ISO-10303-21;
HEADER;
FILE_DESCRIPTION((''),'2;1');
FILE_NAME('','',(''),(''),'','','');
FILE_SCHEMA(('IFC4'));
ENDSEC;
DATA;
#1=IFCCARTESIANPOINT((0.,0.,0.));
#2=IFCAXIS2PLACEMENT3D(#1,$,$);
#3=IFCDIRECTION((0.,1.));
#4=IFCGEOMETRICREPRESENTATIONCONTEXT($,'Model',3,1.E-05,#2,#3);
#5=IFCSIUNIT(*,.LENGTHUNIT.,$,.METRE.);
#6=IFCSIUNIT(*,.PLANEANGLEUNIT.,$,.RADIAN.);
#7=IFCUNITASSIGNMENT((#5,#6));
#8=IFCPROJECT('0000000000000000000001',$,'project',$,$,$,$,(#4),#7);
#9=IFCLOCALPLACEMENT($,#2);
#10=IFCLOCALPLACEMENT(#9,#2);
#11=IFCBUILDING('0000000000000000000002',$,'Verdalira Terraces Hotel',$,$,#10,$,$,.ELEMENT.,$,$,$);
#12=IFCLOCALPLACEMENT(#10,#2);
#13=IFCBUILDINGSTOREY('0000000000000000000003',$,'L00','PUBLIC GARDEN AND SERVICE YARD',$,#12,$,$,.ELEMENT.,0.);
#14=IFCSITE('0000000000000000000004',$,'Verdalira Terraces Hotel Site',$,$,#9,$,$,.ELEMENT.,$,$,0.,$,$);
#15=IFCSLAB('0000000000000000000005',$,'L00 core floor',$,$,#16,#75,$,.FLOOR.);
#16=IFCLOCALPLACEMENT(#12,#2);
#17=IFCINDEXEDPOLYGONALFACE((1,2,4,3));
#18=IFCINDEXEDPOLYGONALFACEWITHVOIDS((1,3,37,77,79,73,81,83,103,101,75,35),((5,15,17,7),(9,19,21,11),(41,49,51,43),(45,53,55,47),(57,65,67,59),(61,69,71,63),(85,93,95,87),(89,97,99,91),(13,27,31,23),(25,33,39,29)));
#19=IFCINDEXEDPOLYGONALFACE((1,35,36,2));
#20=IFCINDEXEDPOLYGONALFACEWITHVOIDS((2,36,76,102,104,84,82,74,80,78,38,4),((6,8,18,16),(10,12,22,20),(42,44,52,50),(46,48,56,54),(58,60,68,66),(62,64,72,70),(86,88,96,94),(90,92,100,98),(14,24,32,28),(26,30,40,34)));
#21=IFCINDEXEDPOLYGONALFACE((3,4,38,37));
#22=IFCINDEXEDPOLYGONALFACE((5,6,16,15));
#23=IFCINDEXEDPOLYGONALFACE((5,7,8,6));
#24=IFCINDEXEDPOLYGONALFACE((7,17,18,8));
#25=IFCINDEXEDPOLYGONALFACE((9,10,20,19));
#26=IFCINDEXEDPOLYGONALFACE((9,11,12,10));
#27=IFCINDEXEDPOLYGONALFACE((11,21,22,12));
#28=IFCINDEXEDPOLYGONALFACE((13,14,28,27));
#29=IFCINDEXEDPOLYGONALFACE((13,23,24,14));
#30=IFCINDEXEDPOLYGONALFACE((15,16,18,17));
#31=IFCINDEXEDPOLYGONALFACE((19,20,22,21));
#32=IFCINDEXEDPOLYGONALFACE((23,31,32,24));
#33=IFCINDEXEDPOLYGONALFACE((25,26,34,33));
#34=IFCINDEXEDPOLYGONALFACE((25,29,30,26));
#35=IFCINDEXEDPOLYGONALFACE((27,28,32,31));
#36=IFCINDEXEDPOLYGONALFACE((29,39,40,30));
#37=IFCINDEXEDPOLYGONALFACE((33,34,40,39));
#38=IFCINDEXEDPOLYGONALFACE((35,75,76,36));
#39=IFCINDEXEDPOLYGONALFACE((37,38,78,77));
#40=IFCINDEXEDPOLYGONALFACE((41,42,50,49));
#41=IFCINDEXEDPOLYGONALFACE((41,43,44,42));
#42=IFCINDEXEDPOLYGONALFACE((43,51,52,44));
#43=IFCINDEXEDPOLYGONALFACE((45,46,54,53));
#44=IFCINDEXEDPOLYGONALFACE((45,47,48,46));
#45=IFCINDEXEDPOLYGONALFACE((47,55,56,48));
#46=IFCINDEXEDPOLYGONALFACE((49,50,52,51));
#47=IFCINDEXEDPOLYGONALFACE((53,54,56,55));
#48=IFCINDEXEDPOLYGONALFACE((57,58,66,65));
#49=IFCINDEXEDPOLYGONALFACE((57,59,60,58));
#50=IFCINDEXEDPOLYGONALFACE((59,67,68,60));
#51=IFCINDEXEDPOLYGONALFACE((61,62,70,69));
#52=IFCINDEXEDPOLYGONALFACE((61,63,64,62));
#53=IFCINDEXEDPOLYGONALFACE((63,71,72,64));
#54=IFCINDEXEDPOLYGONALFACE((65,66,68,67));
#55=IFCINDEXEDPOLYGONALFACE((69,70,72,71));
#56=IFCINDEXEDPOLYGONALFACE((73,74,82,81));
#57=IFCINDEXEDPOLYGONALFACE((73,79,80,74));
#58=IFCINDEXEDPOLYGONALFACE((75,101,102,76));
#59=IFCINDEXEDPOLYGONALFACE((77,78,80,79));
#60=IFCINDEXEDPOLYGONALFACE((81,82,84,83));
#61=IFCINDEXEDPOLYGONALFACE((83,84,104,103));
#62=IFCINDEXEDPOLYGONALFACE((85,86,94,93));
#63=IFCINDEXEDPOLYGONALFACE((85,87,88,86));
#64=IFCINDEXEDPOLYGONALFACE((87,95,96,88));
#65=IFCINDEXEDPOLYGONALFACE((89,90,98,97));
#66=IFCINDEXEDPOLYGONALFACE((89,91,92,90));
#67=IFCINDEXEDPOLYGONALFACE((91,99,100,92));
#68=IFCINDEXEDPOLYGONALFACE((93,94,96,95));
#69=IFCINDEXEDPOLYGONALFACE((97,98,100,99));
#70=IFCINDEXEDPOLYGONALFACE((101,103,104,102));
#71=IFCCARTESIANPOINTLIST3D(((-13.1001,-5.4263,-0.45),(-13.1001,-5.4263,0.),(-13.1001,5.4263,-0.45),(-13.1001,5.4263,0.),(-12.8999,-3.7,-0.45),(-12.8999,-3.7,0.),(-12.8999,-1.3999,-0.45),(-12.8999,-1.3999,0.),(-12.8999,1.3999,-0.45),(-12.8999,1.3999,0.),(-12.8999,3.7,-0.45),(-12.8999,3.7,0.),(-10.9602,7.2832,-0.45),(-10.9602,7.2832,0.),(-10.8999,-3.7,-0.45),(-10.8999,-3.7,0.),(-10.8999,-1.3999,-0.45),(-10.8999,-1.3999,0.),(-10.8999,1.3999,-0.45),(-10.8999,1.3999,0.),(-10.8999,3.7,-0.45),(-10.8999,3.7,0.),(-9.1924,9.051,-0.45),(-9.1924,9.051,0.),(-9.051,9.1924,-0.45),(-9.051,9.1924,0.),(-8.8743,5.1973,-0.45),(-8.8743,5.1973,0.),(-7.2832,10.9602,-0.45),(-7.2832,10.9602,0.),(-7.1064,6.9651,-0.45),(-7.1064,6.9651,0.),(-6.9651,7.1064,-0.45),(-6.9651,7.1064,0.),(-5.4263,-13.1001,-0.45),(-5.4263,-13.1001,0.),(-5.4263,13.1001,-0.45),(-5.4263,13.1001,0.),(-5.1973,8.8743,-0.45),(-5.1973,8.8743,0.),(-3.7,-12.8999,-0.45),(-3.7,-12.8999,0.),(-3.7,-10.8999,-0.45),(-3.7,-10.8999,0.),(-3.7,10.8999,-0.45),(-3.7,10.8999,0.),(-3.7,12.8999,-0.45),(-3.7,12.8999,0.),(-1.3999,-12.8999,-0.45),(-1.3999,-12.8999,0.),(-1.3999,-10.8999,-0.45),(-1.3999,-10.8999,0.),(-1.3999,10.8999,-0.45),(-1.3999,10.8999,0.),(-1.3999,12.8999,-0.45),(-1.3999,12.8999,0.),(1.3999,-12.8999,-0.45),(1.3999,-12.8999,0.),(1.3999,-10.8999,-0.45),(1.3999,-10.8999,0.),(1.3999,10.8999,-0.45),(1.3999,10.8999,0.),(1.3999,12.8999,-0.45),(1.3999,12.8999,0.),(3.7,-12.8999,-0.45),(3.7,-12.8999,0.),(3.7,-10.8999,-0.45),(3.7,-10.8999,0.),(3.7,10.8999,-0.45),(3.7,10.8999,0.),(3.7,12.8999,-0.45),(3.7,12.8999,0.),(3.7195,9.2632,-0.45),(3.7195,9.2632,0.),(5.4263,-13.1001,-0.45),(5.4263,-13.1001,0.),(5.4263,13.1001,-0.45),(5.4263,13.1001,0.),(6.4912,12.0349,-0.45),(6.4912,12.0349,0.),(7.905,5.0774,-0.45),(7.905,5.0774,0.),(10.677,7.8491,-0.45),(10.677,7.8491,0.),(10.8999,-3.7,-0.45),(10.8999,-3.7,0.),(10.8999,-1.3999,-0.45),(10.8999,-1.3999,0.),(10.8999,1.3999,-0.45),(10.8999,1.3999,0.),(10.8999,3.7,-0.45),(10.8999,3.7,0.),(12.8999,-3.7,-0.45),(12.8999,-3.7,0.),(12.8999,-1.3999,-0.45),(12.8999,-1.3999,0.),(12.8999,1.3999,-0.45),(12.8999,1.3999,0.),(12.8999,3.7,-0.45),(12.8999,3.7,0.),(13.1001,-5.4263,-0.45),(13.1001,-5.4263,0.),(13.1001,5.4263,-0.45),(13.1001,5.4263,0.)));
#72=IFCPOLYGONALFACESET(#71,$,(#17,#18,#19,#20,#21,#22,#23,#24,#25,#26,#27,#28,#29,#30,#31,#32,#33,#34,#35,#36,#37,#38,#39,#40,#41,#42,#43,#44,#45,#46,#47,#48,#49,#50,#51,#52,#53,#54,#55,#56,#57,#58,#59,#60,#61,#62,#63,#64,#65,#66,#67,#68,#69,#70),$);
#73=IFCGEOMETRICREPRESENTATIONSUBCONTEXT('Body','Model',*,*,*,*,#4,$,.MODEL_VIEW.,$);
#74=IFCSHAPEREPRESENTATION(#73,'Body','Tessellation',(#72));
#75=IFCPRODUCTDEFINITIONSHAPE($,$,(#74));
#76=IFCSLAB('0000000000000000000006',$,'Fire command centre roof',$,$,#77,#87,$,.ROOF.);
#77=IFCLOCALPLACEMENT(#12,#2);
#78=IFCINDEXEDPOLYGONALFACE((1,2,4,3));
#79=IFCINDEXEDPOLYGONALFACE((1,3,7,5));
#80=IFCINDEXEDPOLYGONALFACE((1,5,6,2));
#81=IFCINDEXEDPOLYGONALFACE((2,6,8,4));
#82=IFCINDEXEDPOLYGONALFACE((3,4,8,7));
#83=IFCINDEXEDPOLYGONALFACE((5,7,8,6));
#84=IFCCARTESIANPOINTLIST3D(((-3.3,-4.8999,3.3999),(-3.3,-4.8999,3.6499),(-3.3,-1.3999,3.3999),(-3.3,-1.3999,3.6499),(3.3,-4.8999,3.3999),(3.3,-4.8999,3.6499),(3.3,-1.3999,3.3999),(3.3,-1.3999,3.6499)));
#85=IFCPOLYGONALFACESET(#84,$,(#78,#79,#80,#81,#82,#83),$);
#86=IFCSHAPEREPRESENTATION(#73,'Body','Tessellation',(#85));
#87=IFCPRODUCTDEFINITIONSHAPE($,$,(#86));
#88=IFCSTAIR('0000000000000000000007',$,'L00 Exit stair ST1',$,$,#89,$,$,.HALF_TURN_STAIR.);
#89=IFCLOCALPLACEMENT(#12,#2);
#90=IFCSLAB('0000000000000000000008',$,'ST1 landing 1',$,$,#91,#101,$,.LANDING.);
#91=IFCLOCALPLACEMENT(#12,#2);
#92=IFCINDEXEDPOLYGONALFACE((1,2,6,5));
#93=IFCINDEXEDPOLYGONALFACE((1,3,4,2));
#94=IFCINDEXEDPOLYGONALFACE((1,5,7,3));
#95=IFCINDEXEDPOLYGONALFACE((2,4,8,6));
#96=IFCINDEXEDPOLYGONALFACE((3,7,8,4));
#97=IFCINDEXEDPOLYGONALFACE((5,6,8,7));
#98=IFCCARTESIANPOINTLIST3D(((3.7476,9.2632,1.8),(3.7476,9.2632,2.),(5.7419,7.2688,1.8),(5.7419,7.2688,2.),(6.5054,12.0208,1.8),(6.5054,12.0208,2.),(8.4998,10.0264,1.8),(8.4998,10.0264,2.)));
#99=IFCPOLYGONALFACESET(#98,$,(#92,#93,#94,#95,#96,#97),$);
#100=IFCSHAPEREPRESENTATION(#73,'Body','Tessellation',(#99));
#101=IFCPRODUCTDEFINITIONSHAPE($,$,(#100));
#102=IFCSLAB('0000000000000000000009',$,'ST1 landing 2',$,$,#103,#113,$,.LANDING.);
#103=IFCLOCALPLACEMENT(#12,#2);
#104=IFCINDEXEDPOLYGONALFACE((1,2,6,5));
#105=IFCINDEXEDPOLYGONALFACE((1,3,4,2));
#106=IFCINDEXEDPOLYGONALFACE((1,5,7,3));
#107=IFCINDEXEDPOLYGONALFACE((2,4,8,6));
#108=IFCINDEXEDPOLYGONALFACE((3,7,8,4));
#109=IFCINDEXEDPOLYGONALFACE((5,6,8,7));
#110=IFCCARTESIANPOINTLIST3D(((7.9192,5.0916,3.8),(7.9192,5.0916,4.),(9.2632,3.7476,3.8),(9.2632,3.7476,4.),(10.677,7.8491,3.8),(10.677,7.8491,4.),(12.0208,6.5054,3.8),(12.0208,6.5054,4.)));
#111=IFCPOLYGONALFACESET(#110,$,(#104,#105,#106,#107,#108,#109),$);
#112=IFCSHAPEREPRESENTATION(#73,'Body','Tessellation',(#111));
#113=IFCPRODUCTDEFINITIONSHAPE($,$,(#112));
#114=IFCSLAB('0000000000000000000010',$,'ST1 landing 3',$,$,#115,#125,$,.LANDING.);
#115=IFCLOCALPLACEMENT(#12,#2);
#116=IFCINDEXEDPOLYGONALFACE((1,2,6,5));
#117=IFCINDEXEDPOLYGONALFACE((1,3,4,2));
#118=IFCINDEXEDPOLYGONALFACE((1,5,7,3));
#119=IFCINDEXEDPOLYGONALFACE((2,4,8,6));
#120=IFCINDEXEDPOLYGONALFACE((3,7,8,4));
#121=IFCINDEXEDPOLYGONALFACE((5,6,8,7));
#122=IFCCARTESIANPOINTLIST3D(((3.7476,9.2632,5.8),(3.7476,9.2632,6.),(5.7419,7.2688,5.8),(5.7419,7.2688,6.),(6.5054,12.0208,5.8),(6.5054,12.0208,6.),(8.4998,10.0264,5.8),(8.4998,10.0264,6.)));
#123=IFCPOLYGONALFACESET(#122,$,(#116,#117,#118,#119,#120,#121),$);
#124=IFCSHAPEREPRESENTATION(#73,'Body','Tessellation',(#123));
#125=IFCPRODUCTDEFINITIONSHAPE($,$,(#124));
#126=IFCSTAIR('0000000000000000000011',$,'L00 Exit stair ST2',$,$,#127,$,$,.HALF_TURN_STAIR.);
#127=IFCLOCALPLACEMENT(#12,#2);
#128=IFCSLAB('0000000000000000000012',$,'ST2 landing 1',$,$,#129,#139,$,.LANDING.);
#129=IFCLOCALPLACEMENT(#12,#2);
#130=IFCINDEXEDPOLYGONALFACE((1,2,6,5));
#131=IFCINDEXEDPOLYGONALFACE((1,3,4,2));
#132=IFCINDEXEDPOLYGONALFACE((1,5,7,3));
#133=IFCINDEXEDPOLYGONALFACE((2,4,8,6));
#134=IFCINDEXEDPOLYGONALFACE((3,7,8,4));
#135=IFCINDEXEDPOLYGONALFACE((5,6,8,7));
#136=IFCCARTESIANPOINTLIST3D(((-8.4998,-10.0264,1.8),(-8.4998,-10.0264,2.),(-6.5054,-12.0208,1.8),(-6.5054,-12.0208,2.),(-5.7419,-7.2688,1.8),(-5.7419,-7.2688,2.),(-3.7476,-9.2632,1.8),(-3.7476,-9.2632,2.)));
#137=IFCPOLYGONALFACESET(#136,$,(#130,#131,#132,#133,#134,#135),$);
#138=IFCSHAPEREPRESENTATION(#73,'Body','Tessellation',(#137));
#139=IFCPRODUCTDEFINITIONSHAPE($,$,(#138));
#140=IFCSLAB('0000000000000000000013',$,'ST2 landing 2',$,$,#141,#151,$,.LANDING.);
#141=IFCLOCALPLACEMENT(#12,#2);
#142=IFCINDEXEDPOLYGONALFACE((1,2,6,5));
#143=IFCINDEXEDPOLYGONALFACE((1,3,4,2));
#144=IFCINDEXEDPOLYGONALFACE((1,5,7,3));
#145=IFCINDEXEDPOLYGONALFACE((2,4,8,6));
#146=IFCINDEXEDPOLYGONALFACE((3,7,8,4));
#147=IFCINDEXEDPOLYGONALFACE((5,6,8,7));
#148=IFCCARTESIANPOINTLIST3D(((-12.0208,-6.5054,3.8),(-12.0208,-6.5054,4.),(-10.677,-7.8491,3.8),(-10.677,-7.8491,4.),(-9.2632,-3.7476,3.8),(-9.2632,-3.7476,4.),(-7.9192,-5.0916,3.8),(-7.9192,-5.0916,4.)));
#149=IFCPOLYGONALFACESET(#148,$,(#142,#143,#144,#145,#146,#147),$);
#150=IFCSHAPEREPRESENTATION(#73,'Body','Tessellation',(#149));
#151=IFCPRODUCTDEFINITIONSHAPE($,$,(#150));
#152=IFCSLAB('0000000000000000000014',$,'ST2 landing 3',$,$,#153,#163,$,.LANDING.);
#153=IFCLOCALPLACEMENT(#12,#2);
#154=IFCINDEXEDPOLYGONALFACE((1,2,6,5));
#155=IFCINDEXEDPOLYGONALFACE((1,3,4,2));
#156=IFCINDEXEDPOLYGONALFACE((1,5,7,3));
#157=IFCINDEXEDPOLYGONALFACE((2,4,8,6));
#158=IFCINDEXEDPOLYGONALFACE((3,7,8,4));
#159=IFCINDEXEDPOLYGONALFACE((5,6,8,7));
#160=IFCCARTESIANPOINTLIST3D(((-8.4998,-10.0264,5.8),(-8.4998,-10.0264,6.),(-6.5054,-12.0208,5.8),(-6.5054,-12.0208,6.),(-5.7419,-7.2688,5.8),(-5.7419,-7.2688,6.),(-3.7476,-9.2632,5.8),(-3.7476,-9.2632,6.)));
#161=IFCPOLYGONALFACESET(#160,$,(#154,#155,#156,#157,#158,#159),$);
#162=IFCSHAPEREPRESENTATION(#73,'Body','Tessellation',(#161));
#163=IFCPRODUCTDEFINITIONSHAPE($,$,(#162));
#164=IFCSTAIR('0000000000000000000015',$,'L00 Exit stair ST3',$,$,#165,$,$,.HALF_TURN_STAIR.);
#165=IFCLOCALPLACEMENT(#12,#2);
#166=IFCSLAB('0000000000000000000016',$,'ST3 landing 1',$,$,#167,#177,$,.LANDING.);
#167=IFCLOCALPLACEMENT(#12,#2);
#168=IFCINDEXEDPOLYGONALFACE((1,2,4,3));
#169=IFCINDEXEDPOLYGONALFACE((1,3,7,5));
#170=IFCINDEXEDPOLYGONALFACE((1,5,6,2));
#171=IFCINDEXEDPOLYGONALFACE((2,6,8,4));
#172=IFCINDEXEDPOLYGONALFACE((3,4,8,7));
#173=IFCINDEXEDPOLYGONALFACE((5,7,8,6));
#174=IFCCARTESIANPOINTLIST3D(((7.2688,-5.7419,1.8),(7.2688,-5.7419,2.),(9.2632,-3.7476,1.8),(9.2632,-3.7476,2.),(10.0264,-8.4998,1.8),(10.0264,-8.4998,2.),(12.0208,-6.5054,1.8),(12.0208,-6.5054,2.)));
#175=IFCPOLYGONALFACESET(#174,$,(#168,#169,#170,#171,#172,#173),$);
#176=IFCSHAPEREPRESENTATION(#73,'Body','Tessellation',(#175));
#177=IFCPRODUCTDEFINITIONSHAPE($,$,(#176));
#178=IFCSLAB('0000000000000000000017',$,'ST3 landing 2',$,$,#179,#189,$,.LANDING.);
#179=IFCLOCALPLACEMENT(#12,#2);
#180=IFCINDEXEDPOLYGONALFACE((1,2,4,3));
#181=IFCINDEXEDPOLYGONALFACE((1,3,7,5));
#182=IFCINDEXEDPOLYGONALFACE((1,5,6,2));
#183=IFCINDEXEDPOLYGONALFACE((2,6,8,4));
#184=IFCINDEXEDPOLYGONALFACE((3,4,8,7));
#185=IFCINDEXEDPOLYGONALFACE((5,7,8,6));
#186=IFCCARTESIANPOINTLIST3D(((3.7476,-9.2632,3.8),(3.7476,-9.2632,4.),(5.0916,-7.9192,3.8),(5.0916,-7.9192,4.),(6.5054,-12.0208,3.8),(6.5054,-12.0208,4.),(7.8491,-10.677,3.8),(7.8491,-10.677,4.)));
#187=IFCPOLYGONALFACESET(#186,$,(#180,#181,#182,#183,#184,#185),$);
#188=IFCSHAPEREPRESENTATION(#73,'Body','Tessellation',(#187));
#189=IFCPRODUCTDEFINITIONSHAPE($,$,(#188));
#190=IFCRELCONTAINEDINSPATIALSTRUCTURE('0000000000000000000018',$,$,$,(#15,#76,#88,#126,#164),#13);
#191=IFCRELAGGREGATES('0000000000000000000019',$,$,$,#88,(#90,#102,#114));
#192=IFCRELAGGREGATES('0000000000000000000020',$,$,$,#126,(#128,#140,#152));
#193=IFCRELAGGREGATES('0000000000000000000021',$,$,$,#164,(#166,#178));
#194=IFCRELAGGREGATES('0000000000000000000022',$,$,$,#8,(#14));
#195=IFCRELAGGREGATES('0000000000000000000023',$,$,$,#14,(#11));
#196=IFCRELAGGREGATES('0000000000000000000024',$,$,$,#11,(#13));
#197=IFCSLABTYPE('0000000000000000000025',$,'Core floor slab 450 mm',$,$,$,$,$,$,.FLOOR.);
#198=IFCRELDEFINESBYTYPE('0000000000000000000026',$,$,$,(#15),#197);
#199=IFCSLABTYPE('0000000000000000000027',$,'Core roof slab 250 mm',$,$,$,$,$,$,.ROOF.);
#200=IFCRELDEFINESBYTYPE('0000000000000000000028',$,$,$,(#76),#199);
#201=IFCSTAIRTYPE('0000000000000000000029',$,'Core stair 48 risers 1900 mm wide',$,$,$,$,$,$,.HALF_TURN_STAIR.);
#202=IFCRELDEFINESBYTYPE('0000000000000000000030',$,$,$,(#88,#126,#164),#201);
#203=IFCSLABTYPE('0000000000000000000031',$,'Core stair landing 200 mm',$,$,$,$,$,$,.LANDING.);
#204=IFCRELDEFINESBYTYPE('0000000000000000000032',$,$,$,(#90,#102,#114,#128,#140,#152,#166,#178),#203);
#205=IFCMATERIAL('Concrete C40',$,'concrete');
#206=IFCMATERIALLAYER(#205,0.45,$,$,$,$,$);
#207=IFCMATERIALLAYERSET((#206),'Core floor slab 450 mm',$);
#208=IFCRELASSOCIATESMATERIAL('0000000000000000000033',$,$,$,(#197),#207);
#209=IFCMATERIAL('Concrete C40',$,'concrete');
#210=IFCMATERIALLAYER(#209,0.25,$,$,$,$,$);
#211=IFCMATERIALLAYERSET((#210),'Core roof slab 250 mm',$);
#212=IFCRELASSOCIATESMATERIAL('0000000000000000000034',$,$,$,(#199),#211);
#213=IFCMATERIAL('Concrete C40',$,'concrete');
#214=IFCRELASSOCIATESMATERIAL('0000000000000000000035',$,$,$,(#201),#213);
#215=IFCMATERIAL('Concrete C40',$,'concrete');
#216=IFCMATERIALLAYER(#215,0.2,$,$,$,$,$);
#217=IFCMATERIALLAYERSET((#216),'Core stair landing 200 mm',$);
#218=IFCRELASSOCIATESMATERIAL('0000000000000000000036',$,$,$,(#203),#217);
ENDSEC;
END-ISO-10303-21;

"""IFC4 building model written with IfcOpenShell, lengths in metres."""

from ifc_helpers import new_model, si_unit, direction, frame, origin, place, context, subcontext, project, spatial, polyline, outline, extrude, material, layer, layer_set, type_object, element, aggregate, save


model = new_model("IFC4")

# Units and contexts
model_context = context("Model", 3, precision=1e-05, world=origin(), true_north=direction((0.0, 1.0)))
body_context = subcontext(model_context, "Body", "Model", "MODEL_VIEW")
ifc_project = project(units=[si_unit("LENGTHUNIT", "METRE"), si_unit("PLANEANGLEUNIT", "RADIAN")], contexts=[model_context])

# Site, building, storey
site_placement = place(None, origin())
site = spatial("IfcSite", under=ifc_project, at=site_placement, Name="Verdalira Terraces Hotel Site", CompositionType="ELEMENT", RefElevation=0.0)
building_placement = place(site_placement, origin())
building = spatial("IfcBuilding", under=site, at=building_placement, Name="Verdalira Terraces Hotel", CompositionType="ELEMENT")
storey_placement = place(building_placement, origin())
storey = spatial("IfcBuildingStorey", under=building, at=storey_placement, Name="L00", Description="PUBLIC GARDEN AND SERVICE YARD", CompositionType="ELEMENT", Elevation=0.0)

# Slabs
ifc_material_1 = material(Name="Concrete C40", Category="concrete")
ifc_layer_1 = layer(ifc_material_1, 0.45)
ifc_layer_set_1 = layer_set([ifc_layer_1], Name="Core floor slab 450 mm")
slab_type_1 = type_object("IfcSlabType", Name="Core floor slab 450 mm", PredefinedType="FLOOR", material=ifc_layer_set_1)
slab_1_placement = place(storey_placement, frame((0.0, 0.0, -0.45)))
element("IfcSlab", 1, at=slab_1_placement, inside=storey, type_object=slab_type_1, Name="L00 core floor", PredefinedType="FLOOR", context=body_context, shape_type="SweptSolid", body=[
    extrude(outline(polyline([(-5.4263, -13.1001), (-13.1001, -5.4263), (-13.1001, 5.4263), (-5.4263, 13.1001), (5.4263, 13.1001), (6.4912, 12.0349), (3.7195, 9.2632), (7.905, 5.0774), (10.677, 7.8491), (13.1001, 5.4263), (13.1001, -5.4263), (5.4263, -13.1001), (-5.4263, -13.1001)]), holes=[polyline([(12.8999, -1.3999), (10.8999, -1.3999), (10.8999, -3.7), (12.8999, -3.7), (12.8999, -1.3999)]), polyline([(12.8999, 3.7), (10.8999, 3.7), (10.8999, 1.3999), (12.8999, 1.3999), (12.8999, 3.7)]), polyline([(3.7, 10.8999), (3.7, 12.8999), (1.3999, 12.8999), (1.3999, 10.8999), (3.7, 10.8999)]), polyline([(-1.3999, 10.8999), (-1.3999, 12.8999), (-3.7, 12.8999), (-3.7, 10.8999), (-1.3999, 10.8999)]), polyline([(-12.8999, 1.3999), (-10.8999, 1.3999), (-10.8999, 3.7), (-12.8999, 3.7), (-12.8999, 1.3999)]), polyline([(-12.8999, -3.7), (-10.8999, -3.7), (-10.8999, -1.3999), (-12.8999, -1.3999), (-12.8999, -3.7)]), polyline([(-3.7, -10.8999), (-3.7, -12.8999), (-1.3999, -12.8999), (-1.3999, -10.8999), (-3.7, -10.8999)]), polyline([(1.3999, -10.8999), (1.3999, -12.8999), (3.7, -12.8999), (3.7, -10.8999), (1.3999, -10.8999)]), polyline([(-6.9651, 7.1064), (-5.1973, 8.8743), (-7.2832, 10.9602), (-9.051, 9.1924), (-6.9651, 7.1064)]), polyline([(-10.9602, 7.2832), (-8.8743, 5.1973), (-7.1064, 6.9651), (-9.1924, 9.051), (-10.9602, 7.2832)])]), origin(), (0.0, 0.0, 1.0), 0.45),
])
ifc_material_2 = material(Name="Concrete C40", Category="concrete")
ifc_layer_2 = layer(ifc_material_2, 0.25)
ifc_layer_set_2 = layer_set([ifc_layer_2], Name="Core roof slab 250 mm")
slab_type_2 = type_object("IfcSlabType", Name="Core roof slab 250 mm", PredefinedType="ROOF", material=ifc_layer_set_2)
slab_2_placement = place(storey_placement, frame((0.0, 0.0, 3.3999)))
element("IfcSlab", 2, at=slab_2_placement, inside=storey, type_object=slab_type_2, Name="Fire command centre roof", PredefinedType="ROOF", context=body_context, shape_type="SweptSolid", body=[
    extrude(outline(polyline([(-3.3, -4.8999), (-3.3, -1.3999), (3.3, -1.3999), (3.3, -4.8999), (-3.3, -4.8999)])), origin(), (0.0, 0.0, 1.0), 0.25),
])

# Stairs, slabs
ifc_material_3 = material(Name="Concrete C40", Category="concrete")
stair_type_1 = type_object("IfcStairType", Name="Core stair 48 risers 1900 mm wide", PredefinedType="HALF_TURN_STAIR", material=ifc_material_3)
stair_1_placement = place(storey_placement, origin())
stair_1 = element("IfcStair", 3, at=stair_1_placement, inside=storey, type_object=stair_type_1, Name="L00 Exit stair ST1", PredefinedType="HALF_TURN_STAIR")
ifc_material_4 = material(Name="Concrete C40", Category="concrete")
ifc_layer_3 = layer(ifc_material_4, 0.2)
ifc_layer_set_3 = layer_set([ifc_layer_3], Name="Core stair landing 200 mm")
slab_type_3 = type_object("IfcSlabType", Name="Core stair landing 200 mm", PredefinedType="LANDING", material=ifc_layer_set_3)
slab_3_placement = place(storey_placement, frame((0.0, 0.0, 1.8)))
slab_3 = element("IfcSlab", 4, at=slab_3_placement, type_object=slab_type_3, Name="ST1 landing 1", PredefinedType="LANDING", context=body_context, shape_type="SweptSolid", body=[
    extrude(outline(polyline([(8.4998, 10.0264), (6.5054, 12.0208), (3.7476, 9.2632), (5.7419, 7.2688), (8.4998, 10.0264)])), origin(), (0.0, 0.0, 1.0), 0.2),
])
slab_4_placement = place(storey_placement, frame((0.0, 0.0, 3.8)))
slab_4 = element("IfcSlab", 5, at=slab_4_placement, type_object=slab_type_3, Name="ST1 landing 2", PredefinedType="LANDING", context=body_context, shape_type="SweptSolid", body=[
    extrude(outline(polyline([(12.0208, 6.5054), (10.677, 7.8491), (7.9192, 5.0916), (9.2632, 3.7476), (12.0208, 6.5054)])), origin(), (0.0, 0.0, 1.0), 0.2),
])
slab_5_placement = place(storey_placement, frame((0.0, 0.0, 5.8)))
slab_5 = element("IfcSlab", 6, at=slab_5_placement, type_object=slab_type_3, Name="ST1 landing 3", PredefinedType="LANDING", context=body_context, shape_type="SweptSolid", body=[
    extrude(outline(polyline([(8.4998, 10.0264), (6.5054, 12.0208), (3.7476, 9.2632), (5.7419, 7.2688), (8.4998, 10.0264)])), origin(), (0.0, 0.0, 1.0), 0.2),
])
aggregate(stair_1, [slab_3, slab_4, slab_5])
stair_2_placement = place(storey_placement, origin())
stair_2 = element("IfcStair", 7, at=stair_2_placement, inside=storey, type_object=stair_type_1, Name="L00 Exit stair ST2", PredefinedType="HALF_TURN_STAIR")
slab_6_placement = place(storey_placement, frame((0.0, 0.0, 1.8)))
slab_6 = element("IfcSlab", 8, at=slab_6_placement, type_object=slab_type_3, Name="ST2 landing 1", PredefinedType="LANDING", context=body_context, shape_type="SweptSolid", body=[
    extrude(outline(polyline([(-8.4998, -10.0264), (-6.5054, -12.0208), (-3.7476, -9.2632), (-5.7419, -7.2688), (-8.4998, -10.0264)])), origin(), (0.0, 0.0, 1.0), 0.2),
])
slab_7_placement = place(storey_placement, frame((0.0, 0.0, 3.8)))
slab_7 = element("IfcSlab", 9, at=slab_7_placement, type_object=slab_type_3, Name="ST2 landing 2", PredefinedType="LANDING", context=body_context, shape_type="SweptSolid", body=[
    extrude(outline(polyline([(-12.0208, -6.5054), (-10.677, -7.8491), (-7.9192, -5.0916), (-9.2632, -3.7476), (-12.0208, -6.5054)])), origin(), (0.0, 0.0, 1.0), 0.2),
])
slab_8_placement = place(storey_placement, frame((0.0, 0.0, 5.8)))
slab_8 = element("IfcSlab", 10, at=slab_8_placement, type_object=slab_type_3, Name="ST2 landing 3", PredefinedType="LANDING", context=body_context, shape_type="SweptSolid", body=[
    extrude(outline(polyline([(-8.4998, -10.0264), (-6.5054, -12.0208), (-3.7476, -9.2632), (-5.7419, -7.2688), (-8.4998, -10.0264)])), origin(), (0.0, 0.0, 1.0), 0.2),
])
aggregate(stair_2, [slab_6, slab_7, slab_8])
stair_3_placement = place(storey_placement, origin())
stair_3 = element("IfcStair", 11, at=stair_3_placement, inside=storey, type_object=stair_type_1, Name="L00 Exit stair ST3", PredefinedType="HALF_TURN_STAIR")
slab_9_placement = place(storey_placement, frame((0.0, 0.0, 1.8)))
slab_9 = element("IfcSlab", 12, at=slab_9_placement, type_object=slab_type_3, Name="ST3 landing 1", PredefinedType="LANDING", context=body_context, shape_type="SweptSolid", body=[
    extrude(outline(polyline([(10.0264, -8.4998), (12.0208, -6.5054), (9.2632, -3.7476), (7.2688, -5.7419), (10.0264, -8.4998)])), origin(), (0.0, 0.0, 1.0), 0.2),
])
slab_10_placement = place(storey_placement, frame((0.0, 0.0, 3.8)))
slab_10 = element("IfcSlab", 13, at=slab_10_placement, type_object=slab_type_3, Name="ST3 landing 2", PredefinedType="LANDING", context=body_context, shape_type="SweptSolid", body=[
    extrude(outline(polyline([(6.5054, -12.0208), (7.8491, -10.677), (5.0916, -7.9192), (3.7476, -9.2632), (6.5054, -12.0208)])), origin(), (0.0, 0.0, 1.0), 0.2),
])
aggregate(stair_3, [slab_9, slab_10])

save(model, "model.ifc")
